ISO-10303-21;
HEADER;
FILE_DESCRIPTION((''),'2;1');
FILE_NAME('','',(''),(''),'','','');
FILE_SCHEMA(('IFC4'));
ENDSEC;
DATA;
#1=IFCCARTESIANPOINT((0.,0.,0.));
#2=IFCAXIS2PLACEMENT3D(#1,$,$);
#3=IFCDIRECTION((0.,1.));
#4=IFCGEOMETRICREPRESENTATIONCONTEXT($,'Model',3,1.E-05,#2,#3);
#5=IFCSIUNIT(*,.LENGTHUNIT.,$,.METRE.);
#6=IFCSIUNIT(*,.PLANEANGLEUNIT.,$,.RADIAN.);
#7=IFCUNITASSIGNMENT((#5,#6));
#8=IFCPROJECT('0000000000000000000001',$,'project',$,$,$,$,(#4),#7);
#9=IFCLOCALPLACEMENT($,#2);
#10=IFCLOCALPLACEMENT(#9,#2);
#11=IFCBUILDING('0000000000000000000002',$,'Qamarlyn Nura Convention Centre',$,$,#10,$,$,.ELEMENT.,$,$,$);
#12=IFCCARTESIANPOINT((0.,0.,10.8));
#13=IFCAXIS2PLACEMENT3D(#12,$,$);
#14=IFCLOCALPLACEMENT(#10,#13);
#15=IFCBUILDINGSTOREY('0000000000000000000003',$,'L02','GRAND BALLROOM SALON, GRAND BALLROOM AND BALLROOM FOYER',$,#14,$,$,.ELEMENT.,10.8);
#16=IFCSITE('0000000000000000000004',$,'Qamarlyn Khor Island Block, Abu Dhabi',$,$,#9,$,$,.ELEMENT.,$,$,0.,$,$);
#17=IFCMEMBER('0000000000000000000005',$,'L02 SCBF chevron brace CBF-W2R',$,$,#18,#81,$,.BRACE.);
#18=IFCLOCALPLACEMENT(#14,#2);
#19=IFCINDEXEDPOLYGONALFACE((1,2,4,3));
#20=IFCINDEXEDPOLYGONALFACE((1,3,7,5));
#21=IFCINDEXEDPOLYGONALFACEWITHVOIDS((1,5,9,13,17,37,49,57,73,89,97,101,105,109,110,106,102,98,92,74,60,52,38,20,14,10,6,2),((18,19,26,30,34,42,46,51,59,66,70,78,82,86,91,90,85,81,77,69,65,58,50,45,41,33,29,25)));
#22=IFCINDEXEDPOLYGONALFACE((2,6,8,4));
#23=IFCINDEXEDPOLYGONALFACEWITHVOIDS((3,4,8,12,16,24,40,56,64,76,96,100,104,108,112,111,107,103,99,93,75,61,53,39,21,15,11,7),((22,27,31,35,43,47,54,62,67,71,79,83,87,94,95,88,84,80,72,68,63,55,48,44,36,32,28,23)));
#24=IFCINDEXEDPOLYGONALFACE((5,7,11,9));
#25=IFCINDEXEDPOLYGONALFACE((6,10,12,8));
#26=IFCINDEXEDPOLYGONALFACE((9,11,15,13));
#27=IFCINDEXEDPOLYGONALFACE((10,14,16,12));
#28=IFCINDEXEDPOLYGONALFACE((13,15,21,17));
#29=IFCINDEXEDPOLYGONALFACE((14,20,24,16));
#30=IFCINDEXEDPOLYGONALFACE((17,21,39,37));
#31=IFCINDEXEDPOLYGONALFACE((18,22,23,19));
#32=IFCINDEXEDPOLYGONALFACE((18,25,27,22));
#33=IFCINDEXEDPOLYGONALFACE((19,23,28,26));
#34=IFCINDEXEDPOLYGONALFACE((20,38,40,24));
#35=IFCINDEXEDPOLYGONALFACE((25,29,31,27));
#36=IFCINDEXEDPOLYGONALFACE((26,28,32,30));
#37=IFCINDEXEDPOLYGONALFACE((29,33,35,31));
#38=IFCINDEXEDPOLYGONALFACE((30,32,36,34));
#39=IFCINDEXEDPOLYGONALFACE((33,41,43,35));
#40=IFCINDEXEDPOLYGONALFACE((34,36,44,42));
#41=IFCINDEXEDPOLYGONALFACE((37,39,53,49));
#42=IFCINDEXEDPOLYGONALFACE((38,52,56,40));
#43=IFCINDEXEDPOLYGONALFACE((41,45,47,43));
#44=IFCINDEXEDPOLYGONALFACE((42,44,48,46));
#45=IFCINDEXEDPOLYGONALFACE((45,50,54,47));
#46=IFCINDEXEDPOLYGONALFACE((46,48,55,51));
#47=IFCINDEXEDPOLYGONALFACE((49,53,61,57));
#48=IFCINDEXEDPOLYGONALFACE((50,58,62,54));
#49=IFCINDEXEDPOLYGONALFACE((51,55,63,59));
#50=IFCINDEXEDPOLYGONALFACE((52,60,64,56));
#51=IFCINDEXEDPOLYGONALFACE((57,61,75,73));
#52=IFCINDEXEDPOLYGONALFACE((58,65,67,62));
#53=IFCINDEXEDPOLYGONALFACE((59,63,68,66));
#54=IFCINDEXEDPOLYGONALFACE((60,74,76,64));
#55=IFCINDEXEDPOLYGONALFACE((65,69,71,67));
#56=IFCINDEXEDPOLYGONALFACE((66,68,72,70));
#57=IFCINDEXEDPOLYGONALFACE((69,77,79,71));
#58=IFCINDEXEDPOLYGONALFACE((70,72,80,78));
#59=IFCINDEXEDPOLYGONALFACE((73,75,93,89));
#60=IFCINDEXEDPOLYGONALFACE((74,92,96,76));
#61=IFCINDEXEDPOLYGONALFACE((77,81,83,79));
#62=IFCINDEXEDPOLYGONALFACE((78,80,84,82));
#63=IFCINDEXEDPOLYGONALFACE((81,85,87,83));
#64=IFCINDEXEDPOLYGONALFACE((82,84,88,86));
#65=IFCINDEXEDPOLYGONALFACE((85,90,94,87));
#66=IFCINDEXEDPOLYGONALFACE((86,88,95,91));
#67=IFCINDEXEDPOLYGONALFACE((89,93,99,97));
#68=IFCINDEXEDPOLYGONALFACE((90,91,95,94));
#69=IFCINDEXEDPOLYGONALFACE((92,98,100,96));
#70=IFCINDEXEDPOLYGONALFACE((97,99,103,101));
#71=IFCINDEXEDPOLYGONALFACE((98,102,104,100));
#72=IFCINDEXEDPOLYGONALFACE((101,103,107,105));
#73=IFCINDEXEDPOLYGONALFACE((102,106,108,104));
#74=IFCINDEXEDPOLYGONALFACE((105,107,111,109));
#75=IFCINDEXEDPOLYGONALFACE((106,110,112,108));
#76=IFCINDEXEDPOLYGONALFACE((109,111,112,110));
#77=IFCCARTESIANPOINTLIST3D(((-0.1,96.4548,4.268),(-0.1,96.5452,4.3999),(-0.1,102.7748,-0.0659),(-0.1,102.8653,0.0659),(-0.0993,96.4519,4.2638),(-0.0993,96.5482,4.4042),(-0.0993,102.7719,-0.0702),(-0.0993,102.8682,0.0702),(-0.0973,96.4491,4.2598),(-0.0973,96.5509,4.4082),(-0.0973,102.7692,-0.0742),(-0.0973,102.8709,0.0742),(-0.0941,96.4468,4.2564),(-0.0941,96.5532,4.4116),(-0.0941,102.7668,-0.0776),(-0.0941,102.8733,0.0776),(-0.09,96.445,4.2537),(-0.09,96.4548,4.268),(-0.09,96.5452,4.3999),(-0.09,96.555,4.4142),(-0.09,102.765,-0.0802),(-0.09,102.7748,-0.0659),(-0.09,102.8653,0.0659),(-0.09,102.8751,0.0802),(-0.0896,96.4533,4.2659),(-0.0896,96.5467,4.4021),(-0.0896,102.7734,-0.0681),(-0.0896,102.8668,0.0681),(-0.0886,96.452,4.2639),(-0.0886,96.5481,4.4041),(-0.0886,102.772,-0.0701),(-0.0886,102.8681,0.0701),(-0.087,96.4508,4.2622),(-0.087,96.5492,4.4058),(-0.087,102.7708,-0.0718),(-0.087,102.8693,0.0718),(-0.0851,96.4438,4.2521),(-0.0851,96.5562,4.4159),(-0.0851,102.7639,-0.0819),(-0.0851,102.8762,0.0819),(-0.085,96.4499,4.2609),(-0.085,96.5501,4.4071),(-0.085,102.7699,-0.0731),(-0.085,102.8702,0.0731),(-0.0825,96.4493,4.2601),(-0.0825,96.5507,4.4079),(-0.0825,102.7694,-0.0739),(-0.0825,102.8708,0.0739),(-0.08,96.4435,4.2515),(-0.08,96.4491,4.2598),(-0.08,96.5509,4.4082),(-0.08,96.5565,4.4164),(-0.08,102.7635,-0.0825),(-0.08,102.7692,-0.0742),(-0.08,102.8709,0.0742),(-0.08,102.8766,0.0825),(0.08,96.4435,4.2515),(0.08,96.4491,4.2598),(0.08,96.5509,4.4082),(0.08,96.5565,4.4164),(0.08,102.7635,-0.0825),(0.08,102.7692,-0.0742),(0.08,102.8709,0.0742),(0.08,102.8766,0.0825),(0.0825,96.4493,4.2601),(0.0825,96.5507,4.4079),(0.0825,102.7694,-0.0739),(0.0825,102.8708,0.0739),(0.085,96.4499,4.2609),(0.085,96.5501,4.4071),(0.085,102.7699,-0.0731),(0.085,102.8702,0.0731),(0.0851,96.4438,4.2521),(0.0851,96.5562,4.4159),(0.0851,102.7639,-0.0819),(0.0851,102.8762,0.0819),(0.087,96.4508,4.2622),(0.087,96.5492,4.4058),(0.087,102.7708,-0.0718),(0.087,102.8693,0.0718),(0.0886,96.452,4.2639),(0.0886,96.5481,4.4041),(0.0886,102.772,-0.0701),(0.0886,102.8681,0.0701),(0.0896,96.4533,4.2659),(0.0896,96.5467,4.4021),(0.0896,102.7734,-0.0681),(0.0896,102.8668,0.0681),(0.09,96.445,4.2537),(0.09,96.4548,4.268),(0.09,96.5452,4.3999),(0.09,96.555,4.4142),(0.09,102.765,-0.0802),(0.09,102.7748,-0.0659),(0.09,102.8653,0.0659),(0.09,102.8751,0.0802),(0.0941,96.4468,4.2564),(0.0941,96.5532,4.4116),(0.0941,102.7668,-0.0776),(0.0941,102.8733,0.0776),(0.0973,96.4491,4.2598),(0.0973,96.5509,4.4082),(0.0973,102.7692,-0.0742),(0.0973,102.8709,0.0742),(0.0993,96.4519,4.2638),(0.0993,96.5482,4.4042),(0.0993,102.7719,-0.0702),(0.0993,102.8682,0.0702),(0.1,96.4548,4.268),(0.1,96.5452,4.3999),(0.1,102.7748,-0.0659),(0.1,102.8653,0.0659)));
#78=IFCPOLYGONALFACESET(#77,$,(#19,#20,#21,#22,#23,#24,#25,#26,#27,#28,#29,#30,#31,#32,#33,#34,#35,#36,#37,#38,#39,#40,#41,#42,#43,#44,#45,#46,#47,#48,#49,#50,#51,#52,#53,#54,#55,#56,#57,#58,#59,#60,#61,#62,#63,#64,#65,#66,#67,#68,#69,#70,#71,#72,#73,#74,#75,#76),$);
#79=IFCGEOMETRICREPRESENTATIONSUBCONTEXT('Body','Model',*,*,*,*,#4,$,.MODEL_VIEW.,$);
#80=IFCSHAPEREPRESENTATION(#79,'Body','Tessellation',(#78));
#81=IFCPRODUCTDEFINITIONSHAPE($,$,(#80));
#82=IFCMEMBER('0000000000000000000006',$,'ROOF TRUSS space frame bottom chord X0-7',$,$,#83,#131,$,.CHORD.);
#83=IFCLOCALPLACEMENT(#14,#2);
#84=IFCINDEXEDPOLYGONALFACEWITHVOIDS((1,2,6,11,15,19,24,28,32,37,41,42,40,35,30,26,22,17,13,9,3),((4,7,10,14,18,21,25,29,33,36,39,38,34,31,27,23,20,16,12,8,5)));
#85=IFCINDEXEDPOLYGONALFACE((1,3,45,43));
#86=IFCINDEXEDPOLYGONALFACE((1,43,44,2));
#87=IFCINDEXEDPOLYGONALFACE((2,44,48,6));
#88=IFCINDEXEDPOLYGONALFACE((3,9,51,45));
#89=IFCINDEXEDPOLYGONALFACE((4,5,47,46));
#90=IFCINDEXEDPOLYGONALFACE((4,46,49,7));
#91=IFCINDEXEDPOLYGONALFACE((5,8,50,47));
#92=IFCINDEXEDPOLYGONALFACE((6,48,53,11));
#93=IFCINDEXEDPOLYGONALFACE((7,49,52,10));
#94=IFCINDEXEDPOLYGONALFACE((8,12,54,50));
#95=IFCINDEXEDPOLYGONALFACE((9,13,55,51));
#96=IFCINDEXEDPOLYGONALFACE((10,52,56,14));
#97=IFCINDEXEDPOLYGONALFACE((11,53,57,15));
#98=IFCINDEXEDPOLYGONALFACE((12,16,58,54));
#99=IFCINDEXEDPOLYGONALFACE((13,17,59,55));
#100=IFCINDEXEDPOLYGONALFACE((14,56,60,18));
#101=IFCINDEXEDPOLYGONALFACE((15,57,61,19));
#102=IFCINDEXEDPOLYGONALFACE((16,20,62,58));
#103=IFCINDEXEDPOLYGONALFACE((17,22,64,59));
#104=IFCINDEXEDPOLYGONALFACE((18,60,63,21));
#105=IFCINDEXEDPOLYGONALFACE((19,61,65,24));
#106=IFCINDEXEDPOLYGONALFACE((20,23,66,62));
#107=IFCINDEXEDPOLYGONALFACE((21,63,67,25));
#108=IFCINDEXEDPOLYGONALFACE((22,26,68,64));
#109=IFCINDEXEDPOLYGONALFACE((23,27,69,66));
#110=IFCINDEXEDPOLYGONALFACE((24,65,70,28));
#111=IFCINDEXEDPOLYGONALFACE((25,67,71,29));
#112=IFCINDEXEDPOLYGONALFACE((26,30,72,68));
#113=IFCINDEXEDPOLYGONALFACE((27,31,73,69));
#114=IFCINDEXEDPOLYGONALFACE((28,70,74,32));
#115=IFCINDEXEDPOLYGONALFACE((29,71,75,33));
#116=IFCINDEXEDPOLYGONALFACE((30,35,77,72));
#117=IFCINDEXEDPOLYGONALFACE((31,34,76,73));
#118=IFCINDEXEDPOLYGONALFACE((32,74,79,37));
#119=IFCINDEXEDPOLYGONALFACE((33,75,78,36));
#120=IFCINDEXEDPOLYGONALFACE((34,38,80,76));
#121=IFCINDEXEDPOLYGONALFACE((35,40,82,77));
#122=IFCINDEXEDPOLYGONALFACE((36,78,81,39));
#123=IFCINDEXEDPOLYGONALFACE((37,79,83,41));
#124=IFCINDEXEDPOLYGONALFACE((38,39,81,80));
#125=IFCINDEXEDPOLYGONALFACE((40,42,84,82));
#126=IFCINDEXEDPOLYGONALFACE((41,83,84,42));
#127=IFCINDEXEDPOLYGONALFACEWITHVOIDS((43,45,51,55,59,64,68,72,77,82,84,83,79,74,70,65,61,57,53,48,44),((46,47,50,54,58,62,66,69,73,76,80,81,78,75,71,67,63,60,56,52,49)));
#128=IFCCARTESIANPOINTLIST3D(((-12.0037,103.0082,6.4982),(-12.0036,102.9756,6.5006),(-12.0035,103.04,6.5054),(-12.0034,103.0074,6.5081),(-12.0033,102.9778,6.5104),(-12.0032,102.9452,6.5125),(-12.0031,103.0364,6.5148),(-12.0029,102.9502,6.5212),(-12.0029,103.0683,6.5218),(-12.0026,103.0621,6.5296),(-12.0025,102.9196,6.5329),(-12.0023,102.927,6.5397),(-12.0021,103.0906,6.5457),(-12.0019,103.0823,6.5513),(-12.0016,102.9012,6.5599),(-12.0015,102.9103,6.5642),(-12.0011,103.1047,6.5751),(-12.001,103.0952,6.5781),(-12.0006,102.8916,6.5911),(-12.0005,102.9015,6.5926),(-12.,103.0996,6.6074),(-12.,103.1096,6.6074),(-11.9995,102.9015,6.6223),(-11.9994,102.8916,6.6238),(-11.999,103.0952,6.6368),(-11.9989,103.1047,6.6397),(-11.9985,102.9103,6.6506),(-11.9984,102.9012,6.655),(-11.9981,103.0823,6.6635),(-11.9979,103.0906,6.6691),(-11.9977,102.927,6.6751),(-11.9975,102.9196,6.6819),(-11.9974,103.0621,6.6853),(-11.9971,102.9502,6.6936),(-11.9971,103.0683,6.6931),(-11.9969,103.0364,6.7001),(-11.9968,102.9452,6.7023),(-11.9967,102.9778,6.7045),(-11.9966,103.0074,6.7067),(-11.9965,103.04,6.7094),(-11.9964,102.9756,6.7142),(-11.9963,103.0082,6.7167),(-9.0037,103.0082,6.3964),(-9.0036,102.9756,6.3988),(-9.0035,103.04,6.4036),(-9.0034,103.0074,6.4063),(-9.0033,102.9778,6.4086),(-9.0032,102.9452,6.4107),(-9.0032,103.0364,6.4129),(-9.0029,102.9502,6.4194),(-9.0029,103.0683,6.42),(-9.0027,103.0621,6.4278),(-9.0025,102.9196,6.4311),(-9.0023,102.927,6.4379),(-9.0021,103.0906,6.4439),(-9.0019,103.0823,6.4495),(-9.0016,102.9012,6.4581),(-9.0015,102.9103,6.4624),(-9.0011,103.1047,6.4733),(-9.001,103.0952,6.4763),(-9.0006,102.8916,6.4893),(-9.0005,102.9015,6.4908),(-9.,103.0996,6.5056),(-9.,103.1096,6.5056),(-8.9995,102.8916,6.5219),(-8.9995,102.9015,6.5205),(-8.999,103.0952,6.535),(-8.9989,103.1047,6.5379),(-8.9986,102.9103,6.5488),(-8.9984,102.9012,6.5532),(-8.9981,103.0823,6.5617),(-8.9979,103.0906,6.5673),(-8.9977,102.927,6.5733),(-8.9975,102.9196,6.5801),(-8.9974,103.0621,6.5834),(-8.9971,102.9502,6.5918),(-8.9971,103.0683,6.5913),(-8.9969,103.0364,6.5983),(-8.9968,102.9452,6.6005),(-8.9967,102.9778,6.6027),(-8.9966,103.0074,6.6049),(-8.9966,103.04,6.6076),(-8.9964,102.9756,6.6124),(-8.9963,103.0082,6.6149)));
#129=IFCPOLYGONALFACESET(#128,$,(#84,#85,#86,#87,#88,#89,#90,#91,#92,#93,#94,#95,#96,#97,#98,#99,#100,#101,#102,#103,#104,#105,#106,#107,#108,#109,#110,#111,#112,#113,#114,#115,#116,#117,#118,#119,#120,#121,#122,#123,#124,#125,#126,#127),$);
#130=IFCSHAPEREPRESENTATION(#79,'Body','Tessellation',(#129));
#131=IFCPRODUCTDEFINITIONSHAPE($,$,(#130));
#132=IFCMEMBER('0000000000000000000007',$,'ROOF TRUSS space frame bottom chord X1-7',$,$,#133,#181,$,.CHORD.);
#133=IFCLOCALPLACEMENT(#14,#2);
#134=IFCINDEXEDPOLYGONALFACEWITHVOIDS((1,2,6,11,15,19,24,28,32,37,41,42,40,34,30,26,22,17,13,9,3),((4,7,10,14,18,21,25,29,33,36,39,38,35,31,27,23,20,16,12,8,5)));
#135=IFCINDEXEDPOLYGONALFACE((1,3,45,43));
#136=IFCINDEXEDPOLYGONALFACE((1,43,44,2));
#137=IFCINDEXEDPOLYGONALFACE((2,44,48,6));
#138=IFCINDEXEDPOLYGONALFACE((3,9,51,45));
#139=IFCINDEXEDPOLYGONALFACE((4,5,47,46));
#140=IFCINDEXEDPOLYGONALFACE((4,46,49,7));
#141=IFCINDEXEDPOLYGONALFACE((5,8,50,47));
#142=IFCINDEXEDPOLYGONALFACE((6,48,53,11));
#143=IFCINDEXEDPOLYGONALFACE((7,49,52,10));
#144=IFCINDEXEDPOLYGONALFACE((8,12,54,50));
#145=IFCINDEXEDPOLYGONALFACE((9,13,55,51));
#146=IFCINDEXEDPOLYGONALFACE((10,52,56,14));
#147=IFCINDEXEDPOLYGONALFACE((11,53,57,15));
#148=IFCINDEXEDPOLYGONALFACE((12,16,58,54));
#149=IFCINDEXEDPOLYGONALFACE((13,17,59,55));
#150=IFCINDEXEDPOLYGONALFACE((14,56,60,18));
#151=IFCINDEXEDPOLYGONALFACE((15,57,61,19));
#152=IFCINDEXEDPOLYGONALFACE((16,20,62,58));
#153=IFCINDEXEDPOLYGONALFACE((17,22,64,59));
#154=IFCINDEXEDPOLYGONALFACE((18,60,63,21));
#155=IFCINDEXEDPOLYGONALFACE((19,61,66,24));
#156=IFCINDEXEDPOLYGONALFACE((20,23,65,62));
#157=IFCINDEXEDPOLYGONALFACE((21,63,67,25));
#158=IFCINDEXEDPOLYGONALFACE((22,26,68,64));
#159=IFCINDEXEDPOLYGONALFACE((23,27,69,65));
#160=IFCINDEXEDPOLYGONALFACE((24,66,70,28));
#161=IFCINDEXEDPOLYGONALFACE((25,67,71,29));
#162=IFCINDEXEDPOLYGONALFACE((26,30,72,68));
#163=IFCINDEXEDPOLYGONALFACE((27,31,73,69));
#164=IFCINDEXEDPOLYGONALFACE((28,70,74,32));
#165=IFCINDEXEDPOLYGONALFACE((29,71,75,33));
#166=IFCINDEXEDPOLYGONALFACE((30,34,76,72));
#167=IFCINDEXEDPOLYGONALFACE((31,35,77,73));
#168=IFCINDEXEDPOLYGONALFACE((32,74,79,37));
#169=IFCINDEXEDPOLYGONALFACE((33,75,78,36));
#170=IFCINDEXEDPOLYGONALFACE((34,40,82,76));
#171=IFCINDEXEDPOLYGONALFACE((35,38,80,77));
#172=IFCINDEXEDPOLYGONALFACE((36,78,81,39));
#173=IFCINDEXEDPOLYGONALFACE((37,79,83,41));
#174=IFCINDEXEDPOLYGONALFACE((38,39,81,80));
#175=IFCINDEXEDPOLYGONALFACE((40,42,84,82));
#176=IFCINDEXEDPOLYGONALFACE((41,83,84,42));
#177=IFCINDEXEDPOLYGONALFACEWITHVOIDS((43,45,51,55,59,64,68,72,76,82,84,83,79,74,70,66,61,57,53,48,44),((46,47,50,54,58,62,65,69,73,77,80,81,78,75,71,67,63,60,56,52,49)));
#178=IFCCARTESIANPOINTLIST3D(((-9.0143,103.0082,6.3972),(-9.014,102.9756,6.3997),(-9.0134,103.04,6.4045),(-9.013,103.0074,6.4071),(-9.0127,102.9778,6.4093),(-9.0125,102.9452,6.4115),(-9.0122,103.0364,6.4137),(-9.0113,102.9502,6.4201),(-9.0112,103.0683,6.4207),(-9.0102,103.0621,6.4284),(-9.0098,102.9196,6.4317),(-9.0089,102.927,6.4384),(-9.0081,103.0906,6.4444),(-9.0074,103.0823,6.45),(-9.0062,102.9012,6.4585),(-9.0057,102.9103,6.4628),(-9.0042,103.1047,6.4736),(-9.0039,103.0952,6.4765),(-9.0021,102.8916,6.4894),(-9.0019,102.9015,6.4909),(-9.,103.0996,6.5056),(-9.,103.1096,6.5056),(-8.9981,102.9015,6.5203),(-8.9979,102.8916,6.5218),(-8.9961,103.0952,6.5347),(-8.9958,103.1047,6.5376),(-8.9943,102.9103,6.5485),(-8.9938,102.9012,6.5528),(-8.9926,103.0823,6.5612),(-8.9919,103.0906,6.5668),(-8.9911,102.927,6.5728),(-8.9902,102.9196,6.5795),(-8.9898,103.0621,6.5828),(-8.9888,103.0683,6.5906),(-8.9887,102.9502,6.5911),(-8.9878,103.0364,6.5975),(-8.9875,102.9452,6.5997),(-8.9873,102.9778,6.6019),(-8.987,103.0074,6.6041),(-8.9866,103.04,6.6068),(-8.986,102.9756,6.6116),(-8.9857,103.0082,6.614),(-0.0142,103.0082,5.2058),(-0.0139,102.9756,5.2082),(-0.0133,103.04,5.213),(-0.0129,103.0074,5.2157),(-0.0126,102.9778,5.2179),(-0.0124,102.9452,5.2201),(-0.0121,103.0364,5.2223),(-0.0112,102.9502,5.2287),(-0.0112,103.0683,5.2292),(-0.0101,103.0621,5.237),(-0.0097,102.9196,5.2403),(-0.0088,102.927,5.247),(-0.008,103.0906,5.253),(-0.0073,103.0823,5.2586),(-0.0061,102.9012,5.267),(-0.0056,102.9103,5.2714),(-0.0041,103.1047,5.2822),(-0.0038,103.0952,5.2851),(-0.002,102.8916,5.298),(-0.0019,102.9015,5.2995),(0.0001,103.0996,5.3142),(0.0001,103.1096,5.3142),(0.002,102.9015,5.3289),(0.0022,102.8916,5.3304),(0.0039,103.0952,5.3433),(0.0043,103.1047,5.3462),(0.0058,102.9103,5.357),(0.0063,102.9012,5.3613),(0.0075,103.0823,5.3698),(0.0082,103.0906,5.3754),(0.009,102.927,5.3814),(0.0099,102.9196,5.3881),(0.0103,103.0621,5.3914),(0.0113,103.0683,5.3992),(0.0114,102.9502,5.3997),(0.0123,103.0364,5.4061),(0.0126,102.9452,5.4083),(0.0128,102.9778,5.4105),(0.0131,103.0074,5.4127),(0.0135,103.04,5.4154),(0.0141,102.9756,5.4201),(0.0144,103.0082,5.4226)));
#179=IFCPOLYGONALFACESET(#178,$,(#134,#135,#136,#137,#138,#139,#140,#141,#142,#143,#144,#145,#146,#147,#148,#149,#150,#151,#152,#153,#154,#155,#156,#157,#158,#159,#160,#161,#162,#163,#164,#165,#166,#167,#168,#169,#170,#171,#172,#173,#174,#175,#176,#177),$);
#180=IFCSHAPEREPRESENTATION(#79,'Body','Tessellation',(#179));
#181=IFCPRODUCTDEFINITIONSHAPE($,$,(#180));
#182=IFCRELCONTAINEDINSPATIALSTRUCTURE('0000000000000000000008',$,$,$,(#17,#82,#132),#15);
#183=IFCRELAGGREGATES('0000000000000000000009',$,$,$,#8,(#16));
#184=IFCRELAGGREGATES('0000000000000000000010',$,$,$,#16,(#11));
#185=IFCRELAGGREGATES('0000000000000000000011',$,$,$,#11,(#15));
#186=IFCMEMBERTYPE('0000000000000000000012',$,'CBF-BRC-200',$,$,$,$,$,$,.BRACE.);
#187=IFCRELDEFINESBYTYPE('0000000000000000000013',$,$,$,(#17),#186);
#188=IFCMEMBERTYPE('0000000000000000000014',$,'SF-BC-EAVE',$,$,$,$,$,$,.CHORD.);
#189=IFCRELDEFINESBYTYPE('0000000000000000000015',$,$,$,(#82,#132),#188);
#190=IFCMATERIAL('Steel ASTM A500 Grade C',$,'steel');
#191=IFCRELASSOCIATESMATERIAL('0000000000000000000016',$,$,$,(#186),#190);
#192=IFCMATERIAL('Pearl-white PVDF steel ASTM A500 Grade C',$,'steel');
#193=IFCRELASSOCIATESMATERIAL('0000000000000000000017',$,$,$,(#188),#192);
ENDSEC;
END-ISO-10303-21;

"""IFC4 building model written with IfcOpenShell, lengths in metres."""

from ifc_helpers import new_model, si_unit, direction, frame, origin, origin_2d, place, context, subcontext, project, spatial, hollow_rectangle, hollow_circle, extrude, material, material_profile, profile_set, type_object, element, save


model = new_model("IFC4")

# Units and contexts
model_context = context("Model", 3, precision=1e-05, world=origin(), true_north=direction((0.0, 1.0)))
body_context = subcontext(model_context, "Body", "Model", "MODEL_VIEW")
ifc_project = project(units=[si_unit("LENGTHUNIT", "METRE"), si_unit("PLANEANGLEUNIT", "RADIAN")], contexts=[model_context])

# Site, building, storey
site_placement = place(None, origin())
site = spatial("IfcSite", under=ifc_project, at=site_placement, Name="Qamarlyn Khor Island Block, Abu Dhabi", CompositionType="ELEMENT", RefElevation=0.0)
building_placement = place(site_placement, origin())
building = spatial("IfcBuilding", under=site, at=building_placement, Name="Qamarlyn Nura Convention Centre", CompositionType="ELEMENT")
storey_placement = place(building_placement, frame((0.0, 0.0, 10.8)))
storey = spatial("IfcBuildingStorey", under=building, at=storey_placement, Name="L02", Description="GRAND BALLROOM SALON, GRAND BALLROOM AND BALLROOM FOYER", CompositionType="ELEMENT", Elevation=10.8)

# Members
ifc_material_1 = material(Name="Steel ASTM A500 Grade C", Category="steel")
ifc_material_profile_1 = material_profile(ifc_material_1, hollow_rectangle(XDim=0.2, YDim=0.2, WallThickness=0.01, InnerFilletRadius=0.01, OuterFilletRadius=0.02, at=origin_2d()), Name="HSS200X200X10")
ifc_profile_set_1 = profile_set([ifc_material_profile_1], Name="Steel ASTM A500 Grade C")
member_type_1 = type_object("IfcMemberType", Name="CBF-BRC-200", PredefinedType="BRACE", material=ifc_profile_set_1)
member_1_placement = place(storey_placement, frame((0.0, 102.8201, 0.0), z_axis=(0.0, -0.824715, 0.565548), x_axis=(1.0, 0.0, 0.0)))
element("IfcMember", 1, at=member_1_placement, inside=storey, type_object=member_type_1, Name="L02 SCBF chevron brace CBF-W2R", PredefinedType="BRACE", context=body_context, shape_type="SweptSolid", body=[
    extrude(hollow_rectangle(XDim=0.2, YDim=0.2, WallThickness=0.01, InnerFilletRadius=0.01, OuterFilletRadius=0.02, at=origin_2d()), origin(), (0.0, 0.0, 1.0), 7.6633),
])
ifc_material_2 = material(Name="Pearl-white PVDF steel ASTM A500 Grade C", Category="steel")
ifc_material_profile_2 = material_profile(ifc_material_2, hollow_circle(Radius=0.1096, WallThickness=0.01, at=origin_2d()), Name="CHS219.1X10")
ifc_profile_set_2 = profile_set([ifc_material_profile_2], Name="Pearl-white PVDF steel ASTM A500 Grade C")
member_type_2 = type_object("IfcMemberType", Name="SF-BC-EAVE", PredefinedType="CHORD", material=ifc_profile_set_2)
member_2_placement = place(storey_placement, frame((-12.0, 103.0, 6.6074), z_axis=(0.999425, 0.0, -0.033916), x_axis=(0.0, 1.0, 0.0)))
element("IfcMember", 2, at=member_2_placement, inside=storey, type_object=member_type_2, Name="ROOF TRUSS space frame bottom chord X0-7", PredefinedType="CHORD", context=body_context, shape_type="SweptSolid", body=[
    extrude(hollow_circle(Radius=0.1096, WallThickness=0.01, at=origin_2d()), origin(), (0.0, 0.0, 1.0), 3.0017),
])
member_3_placement = place(storey_placement, frame((-9.0, 103.0, 6.5056), z_axis=(0.991351, 0.0, -0.131234), x_axis=(0.0, 1.0, 0.0)))
element("IfcMember", 3, at=member_3_placement, inside=storey, type_object=member_type_2, Name="ROOF TRUSS space frame bottom chord X1-7", PredefinedType="CHORD", context=body_context, shape_type="SweptSolid", body=[
    extrude(hollow_circle(Radius=0.1096, WallThickness=0.01, at=origin_2d()), origin(), (0.0, 0.0, 1.0), 9.0786),
])

save(model, "model.ifc")
